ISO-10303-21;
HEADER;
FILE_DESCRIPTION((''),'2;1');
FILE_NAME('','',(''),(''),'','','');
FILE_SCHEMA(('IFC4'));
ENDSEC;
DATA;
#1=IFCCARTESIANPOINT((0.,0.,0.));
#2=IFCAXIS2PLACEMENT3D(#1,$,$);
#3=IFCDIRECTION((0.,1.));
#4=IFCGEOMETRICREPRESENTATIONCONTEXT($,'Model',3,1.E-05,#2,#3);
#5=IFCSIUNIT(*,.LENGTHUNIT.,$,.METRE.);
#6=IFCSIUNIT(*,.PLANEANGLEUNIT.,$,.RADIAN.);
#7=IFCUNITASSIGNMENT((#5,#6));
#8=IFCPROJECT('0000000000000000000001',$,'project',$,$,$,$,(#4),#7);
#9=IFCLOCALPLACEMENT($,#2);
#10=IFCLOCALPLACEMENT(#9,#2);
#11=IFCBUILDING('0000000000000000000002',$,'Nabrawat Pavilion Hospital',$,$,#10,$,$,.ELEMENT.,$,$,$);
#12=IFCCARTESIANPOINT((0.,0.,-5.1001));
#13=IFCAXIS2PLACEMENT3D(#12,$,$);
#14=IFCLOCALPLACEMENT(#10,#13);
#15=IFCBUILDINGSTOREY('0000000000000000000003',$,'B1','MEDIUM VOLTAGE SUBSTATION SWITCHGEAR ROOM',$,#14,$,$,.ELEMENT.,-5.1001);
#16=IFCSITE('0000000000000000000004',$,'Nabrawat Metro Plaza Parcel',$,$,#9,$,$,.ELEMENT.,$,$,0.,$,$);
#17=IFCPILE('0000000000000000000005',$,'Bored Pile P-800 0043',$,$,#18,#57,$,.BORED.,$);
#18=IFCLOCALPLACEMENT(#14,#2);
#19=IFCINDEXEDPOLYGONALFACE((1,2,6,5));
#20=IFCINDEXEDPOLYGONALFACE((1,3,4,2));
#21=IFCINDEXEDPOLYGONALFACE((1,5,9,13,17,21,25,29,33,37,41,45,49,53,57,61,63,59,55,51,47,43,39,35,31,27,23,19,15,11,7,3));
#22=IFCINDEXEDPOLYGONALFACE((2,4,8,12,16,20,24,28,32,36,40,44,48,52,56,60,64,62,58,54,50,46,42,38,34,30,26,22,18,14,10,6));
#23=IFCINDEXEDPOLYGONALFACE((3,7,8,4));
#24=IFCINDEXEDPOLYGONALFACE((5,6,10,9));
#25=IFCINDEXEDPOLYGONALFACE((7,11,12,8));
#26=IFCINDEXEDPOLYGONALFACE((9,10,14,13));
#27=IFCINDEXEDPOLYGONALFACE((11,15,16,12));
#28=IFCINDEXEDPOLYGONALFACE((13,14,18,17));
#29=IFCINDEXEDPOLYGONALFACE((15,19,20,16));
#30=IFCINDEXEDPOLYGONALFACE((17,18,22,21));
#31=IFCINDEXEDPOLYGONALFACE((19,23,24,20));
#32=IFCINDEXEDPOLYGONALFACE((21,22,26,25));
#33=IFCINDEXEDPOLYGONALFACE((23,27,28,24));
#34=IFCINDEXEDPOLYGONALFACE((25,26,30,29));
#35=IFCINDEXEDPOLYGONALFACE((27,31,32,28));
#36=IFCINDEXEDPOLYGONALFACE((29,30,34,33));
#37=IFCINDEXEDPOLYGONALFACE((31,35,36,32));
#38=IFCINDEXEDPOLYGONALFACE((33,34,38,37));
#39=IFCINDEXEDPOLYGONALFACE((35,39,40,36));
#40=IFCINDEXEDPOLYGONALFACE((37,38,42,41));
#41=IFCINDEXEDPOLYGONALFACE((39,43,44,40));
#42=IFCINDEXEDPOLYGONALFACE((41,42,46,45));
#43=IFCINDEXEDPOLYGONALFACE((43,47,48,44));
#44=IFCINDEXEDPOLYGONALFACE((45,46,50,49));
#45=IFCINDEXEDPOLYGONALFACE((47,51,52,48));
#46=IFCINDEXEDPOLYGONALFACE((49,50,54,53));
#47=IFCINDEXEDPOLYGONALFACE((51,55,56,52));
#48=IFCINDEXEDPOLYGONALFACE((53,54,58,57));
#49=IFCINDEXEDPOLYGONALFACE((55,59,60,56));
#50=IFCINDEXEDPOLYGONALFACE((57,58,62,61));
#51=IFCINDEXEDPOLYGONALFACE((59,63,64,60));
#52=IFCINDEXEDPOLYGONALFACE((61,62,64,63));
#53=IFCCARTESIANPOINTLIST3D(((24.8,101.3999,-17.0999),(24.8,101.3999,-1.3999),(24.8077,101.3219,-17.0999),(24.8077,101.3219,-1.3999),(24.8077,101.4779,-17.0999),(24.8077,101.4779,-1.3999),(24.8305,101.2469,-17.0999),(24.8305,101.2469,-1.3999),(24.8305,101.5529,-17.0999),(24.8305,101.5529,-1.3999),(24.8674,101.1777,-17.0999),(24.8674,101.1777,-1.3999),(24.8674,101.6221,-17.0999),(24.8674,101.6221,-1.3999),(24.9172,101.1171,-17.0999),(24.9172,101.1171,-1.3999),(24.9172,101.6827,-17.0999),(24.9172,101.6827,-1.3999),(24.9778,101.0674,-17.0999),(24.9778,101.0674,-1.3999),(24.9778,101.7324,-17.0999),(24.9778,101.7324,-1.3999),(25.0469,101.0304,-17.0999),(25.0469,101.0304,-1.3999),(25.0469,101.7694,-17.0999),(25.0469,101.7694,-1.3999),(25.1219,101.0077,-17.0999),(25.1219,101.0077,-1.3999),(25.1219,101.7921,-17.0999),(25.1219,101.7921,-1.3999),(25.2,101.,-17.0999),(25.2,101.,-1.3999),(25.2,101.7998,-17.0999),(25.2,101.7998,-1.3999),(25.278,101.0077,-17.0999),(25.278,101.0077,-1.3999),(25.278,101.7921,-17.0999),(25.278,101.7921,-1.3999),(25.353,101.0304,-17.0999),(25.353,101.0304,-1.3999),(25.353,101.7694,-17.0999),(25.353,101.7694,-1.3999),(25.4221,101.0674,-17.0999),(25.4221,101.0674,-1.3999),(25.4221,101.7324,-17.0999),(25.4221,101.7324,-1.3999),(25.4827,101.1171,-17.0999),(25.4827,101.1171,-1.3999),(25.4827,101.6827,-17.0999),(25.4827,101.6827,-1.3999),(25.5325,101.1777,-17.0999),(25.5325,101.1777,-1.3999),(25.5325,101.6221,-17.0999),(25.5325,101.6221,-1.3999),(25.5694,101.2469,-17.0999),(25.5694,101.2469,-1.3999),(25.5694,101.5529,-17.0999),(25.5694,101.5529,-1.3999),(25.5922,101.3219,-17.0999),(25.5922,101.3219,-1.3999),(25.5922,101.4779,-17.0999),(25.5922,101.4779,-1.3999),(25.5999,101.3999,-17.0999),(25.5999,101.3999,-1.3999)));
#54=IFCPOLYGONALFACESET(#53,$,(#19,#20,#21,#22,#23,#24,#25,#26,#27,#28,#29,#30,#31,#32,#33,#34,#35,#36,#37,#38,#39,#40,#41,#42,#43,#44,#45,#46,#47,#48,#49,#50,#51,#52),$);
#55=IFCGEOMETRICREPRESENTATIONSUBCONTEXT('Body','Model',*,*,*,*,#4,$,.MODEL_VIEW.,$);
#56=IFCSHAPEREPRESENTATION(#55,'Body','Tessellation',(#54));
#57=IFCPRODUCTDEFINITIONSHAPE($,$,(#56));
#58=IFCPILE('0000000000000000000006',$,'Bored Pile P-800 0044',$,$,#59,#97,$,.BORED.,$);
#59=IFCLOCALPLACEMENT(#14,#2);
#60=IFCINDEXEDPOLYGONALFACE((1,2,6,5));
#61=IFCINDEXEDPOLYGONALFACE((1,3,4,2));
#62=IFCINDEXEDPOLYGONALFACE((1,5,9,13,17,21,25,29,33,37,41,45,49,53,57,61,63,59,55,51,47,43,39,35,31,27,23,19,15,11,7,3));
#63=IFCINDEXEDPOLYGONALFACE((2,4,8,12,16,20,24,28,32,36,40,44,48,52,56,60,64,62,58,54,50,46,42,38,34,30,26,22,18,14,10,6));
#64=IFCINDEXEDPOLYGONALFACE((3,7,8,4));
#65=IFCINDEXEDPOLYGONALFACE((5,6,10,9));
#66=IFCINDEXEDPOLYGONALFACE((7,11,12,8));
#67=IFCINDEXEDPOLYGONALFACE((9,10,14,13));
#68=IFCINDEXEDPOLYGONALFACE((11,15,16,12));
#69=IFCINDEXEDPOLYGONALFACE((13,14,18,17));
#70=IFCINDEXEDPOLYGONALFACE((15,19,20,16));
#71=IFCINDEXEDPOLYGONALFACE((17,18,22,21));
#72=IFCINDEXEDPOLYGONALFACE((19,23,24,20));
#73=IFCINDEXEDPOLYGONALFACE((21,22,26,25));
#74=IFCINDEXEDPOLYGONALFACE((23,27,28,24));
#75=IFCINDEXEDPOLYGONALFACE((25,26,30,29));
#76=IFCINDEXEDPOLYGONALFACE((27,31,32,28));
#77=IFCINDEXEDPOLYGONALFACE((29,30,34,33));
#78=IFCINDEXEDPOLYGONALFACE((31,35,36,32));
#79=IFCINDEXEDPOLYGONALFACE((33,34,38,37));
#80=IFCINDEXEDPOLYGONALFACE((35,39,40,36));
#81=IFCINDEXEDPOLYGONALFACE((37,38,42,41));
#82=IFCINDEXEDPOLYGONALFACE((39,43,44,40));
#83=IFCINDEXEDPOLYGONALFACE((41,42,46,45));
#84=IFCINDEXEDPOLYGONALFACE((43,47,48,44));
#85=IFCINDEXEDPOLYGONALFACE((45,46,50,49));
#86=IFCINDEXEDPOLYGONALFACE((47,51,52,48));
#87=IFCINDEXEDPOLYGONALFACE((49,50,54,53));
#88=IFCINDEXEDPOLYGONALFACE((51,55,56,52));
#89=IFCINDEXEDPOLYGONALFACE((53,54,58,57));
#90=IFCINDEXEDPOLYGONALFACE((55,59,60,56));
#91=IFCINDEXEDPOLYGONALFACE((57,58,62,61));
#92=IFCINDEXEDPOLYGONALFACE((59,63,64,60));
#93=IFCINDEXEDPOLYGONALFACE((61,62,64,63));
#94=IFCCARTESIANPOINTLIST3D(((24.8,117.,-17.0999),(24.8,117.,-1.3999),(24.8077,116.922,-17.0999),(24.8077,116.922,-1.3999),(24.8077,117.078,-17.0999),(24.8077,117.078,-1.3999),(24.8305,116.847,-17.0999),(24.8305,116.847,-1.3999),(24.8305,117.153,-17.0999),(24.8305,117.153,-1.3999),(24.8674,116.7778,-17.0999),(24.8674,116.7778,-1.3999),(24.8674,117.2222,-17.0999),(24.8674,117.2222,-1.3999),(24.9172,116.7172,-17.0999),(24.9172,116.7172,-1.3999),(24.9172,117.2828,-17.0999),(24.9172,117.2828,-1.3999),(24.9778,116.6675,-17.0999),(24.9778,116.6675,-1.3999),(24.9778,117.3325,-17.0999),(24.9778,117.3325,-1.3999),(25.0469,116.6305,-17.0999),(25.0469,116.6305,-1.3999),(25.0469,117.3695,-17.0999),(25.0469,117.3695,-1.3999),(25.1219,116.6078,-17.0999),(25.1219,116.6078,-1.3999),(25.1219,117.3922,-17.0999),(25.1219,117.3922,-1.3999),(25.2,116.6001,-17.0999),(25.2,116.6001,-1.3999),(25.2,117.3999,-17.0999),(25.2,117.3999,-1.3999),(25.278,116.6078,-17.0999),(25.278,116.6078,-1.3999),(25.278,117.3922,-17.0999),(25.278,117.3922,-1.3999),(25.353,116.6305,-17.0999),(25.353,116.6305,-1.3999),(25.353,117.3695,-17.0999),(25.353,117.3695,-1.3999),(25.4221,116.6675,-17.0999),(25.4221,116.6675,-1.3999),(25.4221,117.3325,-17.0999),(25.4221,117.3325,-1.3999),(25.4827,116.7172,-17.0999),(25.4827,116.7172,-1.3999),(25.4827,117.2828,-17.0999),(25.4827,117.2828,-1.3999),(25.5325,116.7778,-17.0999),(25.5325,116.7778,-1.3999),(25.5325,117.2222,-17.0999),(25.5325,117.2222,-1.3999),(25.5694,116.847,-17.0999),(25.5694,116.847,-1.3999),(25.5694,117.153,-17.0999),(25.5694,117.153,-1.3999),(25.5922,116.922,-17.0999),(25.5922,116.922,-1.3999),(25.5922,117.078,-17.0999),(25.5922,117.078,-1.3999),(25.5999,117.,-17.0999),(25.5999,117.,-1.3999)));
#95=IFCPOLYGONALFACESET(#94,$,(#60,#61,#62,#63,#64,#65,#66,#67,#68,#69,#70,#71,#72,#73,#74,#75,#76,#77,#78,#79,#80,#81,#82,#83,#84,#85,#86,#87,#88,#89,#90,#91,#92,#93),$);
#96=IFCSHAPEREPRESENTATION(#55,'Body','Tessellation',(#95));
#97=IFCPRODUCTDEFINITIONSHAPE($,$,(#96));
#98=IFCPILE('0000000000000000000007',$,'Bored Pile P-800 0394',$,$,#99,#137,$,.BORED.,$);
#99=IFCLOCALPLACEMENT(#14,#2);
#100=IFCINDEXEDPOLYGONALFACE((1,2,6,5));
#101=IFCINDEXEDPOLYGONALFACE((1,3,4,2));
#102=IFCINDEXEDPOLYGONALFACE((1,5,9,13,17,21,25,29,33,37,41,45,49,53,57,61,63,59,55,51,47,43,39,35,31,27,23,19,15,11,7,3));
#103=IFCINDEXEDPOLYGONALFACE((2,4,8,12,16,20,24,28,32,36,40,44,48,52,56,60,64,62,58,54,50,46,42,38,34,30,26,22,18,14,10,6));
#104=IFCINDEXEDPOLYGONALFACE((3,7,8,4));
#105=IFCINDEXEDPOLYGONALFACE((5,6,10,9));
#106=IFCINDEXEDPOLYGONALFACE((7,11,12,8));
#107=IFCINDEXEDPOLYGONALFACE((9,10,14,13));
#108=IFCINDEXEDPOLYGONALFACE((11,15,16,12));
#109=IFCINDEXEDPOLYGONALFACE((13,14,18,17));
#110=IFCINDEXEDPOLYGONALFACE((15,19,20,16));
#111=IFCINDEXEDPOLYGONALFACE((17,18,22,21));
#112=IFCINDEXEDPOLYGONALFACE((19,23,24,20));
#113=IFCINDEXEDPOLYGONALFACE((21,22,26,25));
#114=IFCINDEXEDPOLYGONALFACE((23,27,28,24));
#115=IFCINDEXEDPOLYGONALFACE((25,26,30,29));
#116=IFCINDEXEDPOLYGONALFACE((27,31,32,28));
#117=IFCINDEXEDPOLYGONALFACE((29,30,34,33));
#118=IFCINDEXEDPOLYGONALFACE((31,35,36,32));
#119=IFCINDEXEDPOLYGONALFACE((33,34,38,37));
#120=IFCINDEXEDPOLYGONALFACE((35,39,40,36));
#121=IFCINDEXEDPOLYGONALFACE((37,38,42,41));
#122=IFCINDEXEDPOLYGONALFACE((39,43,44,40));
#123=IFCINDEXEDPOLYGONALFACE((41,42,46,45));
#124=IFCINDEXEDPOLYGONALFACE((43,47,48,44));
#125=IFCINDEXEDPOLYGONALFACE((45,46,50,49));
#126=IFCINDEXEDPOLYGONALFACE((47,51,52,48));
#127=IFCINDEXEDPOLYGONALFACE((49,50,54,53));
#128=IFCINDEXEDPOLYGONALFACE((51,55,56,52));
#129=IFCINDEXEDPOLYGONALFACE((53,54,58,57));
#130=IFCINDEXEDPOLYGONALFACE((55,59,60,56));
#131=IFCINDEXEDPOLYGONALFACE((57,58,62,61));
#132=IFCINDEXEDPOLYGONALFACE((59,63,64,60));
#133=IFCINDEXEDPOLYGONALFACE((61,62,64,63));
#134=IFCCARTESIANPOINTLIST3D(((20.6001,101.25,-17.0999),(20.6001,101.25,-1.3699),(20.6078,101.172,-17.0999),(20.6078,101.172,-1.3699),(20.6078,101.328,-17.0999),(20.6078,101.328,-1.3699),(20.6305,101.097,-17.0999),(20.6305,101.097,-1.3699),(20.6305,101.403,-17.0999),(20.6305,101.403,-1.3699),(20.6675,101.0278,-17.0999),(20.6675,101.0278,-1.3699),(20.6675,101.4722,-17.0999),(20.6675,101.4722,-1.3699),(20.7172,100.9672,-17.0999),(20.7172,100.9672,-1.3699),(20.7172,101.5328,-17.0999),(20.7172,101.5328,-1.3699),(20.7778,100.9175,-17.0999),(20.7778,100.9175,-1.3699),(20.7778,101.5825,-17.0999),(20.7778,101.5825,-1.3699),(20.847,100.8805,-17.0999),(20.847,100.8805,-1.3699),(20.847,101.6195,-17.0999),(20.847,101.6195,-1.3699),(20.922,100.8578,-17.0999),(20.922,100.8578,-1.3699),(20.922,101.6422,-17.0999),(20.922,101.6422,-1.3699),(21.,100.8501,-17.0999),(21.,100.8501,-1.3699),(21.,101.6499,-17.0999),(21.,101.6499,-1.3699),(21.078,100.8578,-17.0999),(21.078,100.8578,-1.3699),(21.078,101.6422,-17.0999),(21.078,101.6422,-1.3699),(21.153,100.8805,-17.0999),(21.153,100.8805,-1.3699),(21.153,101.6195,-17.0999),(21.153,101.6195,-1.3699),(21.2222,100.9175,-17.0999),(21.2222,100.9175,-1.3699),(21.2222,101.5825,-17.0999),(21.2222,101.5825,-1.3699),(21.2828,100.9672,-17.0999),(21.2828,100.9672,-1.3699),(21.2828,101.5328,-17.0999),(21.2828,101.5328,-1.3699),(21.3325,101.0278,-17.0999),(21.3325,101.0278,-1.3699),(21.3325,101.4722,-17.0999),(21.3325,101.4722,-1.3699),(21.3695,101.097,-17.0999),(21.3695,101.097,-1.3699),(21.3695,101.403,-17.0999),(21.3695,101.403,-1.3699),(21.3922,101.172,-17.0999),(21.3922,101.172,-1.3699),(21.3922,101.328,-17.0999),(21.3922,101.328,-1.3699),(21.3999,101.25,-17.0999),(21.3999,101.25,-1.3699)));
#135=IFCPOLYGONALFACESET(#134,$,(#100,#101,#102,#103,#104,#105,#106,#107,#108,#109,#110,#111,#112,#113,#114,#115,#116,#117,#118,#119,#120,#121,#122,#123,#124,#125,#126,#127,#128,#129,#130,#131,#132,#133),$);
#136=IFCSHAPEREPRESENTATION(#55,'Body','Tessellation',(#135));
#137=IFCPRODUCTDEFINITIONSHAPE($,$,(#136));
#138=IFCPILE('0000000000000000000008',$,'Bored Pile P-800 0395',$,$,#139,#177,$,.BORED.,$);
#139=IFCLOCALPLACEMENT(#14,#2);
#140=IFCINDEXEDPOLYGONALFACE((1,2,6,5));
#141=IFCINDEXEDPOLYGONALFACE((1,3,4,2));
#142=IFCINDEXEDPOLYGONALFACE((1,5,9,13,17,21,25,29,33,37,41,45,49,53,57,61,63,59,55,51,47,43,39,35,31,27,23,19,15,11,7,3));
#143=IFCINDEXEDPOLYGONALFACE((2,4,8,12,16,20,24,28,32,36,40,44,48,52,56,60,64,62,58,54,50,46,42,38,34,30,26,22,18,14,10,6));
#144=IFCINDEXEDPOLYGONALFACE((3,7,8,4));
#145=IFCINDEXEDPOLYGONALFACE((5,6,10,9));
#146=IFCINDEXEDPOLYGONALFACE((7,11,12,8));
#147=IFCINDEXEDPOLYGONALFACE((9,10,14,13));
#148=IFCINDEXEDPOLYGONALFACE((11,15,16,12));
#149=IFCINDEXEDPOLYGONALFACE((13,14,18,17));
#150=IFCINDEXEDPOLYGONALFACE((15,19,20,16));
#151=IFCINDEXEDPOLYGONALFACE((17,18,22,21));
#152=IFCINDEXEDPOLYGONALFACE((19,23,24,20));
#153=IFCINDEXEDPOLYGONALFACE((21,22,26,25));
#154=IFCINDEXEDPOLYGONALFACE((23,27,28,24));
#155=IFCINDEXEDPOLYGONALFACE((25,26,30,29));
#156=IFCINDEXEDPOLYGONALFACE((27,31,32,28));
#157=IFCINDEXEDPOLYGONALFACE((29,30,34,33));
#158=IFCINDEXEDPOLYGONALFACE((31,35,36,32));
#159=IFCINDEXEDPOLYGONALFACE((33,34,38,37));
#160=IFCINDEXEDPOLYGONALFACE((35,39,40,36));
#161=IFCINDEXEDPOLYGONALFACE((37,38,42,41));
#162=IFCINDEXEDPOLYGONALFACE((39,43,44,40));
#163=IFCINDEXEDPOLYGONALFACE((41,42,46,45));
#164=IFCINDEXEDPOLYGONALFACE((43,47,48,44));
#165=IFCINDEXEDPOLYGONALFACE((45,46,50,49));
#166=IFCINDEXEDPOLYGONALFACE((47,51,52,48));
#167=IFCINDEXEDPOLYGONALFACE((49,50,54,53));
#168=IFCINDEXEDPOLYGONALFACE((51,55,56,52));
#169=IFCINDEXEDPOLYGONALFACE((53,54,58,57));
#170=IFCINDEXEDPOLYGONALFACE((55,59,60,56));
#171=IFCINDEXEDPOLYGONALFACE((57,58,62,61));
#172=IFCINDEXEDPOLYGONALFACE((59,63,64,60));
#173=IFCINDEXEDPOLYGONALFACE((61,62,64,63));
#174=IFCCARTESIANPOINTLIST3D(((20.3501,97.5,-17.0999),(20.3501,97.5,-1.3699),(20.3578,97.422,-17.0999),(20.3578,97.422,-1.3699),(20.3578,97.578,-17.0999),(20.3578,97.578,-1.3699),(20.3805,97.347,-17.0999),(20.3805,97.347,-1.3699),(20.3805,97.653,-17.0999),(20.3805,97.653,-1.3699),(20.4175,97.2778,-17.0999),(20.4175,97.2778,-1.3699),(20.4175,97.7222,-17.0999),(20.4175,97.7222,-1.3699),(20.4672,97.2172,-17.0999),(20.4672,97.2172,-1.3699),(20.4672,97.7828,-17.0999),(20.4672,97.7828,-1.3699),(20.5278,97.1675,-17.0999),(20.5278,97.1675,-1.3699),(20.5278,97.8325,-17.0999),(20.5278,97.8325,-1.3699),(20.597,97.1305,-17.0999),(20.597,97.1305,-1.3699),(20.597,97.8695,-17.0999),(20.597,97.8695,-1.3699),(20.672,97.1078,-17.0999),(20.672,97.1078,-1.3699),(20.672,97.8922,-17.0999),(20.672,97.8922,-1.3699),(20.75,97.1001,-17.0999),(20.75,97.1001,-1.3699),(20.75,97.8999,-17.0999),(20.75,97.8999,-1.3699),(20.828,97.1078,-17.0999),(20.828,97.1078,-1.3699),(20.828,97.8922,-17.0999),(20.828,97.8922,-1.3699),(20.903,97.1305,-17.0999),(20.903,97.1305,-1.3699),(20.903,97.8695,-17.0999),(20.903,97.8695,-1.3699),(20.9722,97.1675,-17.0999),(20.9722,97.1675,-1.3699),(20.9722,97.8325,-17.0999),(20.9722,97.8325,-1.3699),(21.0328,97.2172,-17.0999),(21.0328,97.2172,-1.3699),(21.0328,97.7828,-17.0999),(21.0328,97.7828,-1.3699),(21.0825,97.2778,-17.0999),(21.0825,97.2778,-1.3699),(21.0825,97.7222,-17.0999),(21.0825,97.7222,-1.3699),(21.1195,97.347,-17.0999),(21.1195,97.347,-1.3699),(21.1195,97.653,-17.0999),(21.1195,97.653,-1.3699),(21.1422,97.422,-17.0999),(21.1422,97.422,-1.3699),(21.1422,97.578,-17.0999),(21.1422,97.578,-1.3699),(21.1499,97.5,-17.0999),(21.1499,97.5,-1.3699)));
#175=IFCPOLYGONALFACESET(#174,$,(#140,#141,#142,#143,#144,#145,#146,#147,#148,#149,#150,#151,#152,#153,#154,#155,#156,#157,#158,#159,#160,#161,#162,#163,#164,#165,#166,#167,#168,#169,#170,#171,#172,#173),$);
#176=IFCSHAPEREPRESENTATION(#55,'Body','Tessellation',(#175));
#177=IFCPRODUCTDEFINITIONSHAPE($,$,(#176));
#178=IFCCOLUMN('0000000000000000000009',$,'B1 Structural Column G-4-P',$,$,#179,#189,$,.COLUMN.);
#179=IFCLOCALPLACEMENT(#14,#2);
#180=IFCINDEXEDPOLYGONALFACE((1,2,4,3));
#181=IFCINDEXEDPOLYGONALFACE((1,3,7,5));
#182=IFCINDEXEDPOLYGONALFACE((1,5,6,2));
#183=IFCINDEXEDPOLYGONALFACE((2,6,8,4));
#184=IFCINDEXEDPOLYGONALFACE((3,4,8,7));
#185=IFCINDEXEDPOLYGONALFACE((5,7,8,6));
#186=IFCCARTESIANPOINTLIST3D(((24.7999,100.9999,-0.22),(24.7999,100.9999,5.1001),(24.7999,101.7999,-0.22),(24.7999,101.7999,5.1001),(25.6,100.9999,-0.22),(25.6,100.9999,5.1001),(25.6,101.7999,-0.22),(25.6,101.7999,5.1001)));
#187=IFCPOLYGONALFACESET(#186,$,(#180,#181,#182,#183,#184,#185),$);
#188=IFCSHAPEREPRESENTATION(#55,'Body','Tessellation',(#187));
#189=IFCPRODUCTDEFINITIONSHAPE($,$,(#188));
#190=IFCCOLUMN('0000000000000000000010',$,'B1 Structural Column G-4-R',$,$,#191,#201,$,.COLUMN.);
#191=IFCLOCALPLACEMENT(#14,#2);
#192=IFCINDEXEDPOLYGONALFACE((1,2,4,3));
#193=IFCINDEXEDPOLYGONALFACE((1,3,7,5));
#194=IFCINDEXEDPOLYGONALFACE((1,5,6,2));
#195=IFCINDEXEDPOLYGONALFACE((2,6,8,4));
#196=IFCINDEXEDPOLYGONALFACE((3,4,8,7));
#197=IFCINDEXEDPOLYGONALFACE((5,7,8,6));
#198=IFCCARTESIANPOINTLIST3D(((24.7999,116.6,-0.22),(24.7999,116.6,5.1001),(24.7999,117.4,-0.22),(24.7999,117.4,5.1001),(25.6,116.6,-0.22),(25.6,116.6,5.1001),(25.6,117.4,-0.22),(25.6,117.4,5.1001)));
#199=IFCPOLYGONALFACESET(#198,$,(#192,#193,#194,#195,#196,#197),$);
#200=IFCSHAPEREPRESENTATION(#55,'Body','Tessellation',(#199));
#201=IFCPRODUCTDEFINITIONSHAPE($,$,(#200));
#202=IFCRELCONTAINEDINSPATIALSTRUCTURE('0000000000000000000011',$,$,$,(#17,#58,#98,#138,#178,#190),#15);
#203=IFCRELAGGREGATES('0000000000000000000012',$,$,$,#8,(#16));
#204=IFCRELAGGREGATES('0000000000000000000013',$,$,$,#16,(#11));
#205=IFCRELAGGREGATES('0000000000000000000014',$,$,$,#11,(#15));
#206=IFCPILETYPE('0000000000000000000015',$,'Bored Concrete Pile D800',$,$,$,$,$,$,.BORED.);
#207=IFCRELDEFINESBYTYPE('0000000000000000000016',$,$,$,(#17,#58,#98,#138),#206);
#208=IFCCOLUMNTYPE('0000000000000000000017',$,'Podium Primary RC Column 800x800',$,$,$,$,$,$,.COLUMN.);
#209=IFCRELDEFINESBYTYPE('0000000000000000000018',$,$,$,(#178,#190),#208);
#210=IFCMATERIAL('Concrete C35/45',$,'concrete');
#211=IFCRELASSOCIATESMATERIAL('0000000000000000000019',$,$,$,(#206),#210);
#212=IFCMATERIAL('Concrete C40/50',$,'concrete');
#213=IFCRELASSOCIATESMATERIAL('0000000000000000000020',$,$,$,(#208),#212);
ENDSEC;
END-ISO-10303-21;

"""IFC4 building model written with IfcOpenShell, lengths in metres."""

from ifc_helpers import new_model, si_unit, direction, frame, origin, origin_2d, place, context, subcontext, project, spatial, rectangle, circle, extrude, material, material_profile, profile_set, type_object, element, save


model = new_model("IFC4")

# Units and contexts
model_context = context("Model", 3, precision=1e-05, world=origin(), true_north=direction((0.0, 1.0)))
body_context = subcontext(model_context, "Body", "Model", "MODEL_VIEW")
ifc_project = project(units=[si_unit("LENGTHUNIT", "METRE"), si_unit("PLANEANGLEUNIT", "RADIAN")], contexts=[model_context])

# Site, building, storey
site_placement = place(None, origin())
site = spatial("IfcSite", under=ifc_project, at=site_placement, Name="Nabrawat Metro Plaza Parcel", CompositionType="ELEMENT", RefElevation=0.0)
building_placement = place(site_placement, origin())
building = spatial("IfcBuilding", under=site, at=building_placement, Name="Nabrawat Pavilion Hospital", CompositionType="ELEMENT")
storey_placement = place(building_placement, frame((0.0, 0.0, -5.1001)))
storey = spatial("IfcBuildingStorey", under=building, at=storey_placement, Name="B1", Description="MEDIUM VOLTAGE SUBSTATION SWITCHGEAR ROOM", CompositionType="ELEMENT", Elevation=-5.1001)

# Piles
ifc_material_1 = material(Name="Concrete C35/45", Category="concrete")
ifc_material_profile_1 = material_profile(ifc_material_1, circle(Radius=0.3999, at=origin_2d()), Name="DIA 800")
ifc_profile_set_1 = profile_set([ifc_material_profile_1], Name="Concrete C35/45")
pile_type = type_object("IfcPileType", Name="Bored Concrete Pile D800", PredefinedType="BORED", material=ifc_profile_set_1)
for number, where, z_axis, x_axis, name in (
    (1, (25.2, 101.3999, -1.3999), (0.0, 0.0, -1.0), (1.0, 0.0, 0.0), "Bored Pile P-800 0043"),
    (2, (25.2, 117.0, -1.3999), (0.0, 0.0, -1.0), (1.0, 0.0, 0.0), "Bored Pile P-800 0044"),
):
    element("IfcPile", number, at=place(storey_placement, frame(where, z_axis=z_axis, x_axis=x_axis)), inside=storey, type_object=pile_type, Name=name, PredefinedType="BORED", context=body_context, shape_type="SweptSolid", body=[
        extrude(circle(Radius=0.3999, at=origin_2d()), origin(), (0.0, 0.0, 1.0), 15.7),
    ])
for number, where, z_axis, x_axis, name in (
    (3, (21.0, 101.25, -1.3699), (0.0, 0.0, -1.0), (1.0, 0.0, 0.0), "Bored Pile P-800 0394"),
    (4, (20.75, 97.5, -1.3699), (0.0, 0.0, -1.0), (1.0, 0.0, 0.0), "Bored Pile P-800 0395"),
):
    element("IfcPile", number, at=place(storey_placement, frame(where, z_axis=z_axis, x_axis=x_axis)), inside=storey, type_object=pile_type, Name=name, PredefinedType="BORED", context=body_context, shape_type="SweptSolid", body=[
        extrude(circle(Radius=0.3999, at=origin_2d()), origin(), (0.0, 0.0, 1.0), 15.73),
    ])

# Columns
ifc_material_2 = material(Name="Concrete C40/50", Category="concrete")
ifc_material_profile_2 = material_profile(ifc_material_2, rectangle(XDim=0.8, YDim=0.8, at=origin_2d()), Name="RC 800x800")
ifc_profile_set_2 = profile_set([ifc_material_profile_2], Name="Concrete C40/50")
column_type = type_object("IfcColumnType", Name="Podium Primary RC Column 800x800", PredefinedType="COLUMN", material=ifc_profile_set_2)
for number, where, z_axis, x_axis, name in (
    (5, (25.2, 101.3999, -0.22), (0.0, 0.0, 1.0), (1.0, 0.0, 0.0), "B1 Structural Column G-4-P"),
    (6, (25.2, 117.0, -0.22), (0.0, 0.0, 1.0), (1.0, 0.0, 0.0), "B1 Structural Column G-4-R"),
):
    element("IfcColumn", number, at=place(storey_placement, frame(where, z_axis=z_axis, x_axis=x_axis)), inside=storey, type_object=column_type, Name=name, PredefinedType="COLUMN", context=body_context, shape_type="SweptSolid", body=[
        extrude(rectangle(XDim=0.8, YDim=0.8, at=origin_2d()), origin(), (0.0, 0.0, 1.0), 5.3201),
    ])

save(model, "model.ifc")
